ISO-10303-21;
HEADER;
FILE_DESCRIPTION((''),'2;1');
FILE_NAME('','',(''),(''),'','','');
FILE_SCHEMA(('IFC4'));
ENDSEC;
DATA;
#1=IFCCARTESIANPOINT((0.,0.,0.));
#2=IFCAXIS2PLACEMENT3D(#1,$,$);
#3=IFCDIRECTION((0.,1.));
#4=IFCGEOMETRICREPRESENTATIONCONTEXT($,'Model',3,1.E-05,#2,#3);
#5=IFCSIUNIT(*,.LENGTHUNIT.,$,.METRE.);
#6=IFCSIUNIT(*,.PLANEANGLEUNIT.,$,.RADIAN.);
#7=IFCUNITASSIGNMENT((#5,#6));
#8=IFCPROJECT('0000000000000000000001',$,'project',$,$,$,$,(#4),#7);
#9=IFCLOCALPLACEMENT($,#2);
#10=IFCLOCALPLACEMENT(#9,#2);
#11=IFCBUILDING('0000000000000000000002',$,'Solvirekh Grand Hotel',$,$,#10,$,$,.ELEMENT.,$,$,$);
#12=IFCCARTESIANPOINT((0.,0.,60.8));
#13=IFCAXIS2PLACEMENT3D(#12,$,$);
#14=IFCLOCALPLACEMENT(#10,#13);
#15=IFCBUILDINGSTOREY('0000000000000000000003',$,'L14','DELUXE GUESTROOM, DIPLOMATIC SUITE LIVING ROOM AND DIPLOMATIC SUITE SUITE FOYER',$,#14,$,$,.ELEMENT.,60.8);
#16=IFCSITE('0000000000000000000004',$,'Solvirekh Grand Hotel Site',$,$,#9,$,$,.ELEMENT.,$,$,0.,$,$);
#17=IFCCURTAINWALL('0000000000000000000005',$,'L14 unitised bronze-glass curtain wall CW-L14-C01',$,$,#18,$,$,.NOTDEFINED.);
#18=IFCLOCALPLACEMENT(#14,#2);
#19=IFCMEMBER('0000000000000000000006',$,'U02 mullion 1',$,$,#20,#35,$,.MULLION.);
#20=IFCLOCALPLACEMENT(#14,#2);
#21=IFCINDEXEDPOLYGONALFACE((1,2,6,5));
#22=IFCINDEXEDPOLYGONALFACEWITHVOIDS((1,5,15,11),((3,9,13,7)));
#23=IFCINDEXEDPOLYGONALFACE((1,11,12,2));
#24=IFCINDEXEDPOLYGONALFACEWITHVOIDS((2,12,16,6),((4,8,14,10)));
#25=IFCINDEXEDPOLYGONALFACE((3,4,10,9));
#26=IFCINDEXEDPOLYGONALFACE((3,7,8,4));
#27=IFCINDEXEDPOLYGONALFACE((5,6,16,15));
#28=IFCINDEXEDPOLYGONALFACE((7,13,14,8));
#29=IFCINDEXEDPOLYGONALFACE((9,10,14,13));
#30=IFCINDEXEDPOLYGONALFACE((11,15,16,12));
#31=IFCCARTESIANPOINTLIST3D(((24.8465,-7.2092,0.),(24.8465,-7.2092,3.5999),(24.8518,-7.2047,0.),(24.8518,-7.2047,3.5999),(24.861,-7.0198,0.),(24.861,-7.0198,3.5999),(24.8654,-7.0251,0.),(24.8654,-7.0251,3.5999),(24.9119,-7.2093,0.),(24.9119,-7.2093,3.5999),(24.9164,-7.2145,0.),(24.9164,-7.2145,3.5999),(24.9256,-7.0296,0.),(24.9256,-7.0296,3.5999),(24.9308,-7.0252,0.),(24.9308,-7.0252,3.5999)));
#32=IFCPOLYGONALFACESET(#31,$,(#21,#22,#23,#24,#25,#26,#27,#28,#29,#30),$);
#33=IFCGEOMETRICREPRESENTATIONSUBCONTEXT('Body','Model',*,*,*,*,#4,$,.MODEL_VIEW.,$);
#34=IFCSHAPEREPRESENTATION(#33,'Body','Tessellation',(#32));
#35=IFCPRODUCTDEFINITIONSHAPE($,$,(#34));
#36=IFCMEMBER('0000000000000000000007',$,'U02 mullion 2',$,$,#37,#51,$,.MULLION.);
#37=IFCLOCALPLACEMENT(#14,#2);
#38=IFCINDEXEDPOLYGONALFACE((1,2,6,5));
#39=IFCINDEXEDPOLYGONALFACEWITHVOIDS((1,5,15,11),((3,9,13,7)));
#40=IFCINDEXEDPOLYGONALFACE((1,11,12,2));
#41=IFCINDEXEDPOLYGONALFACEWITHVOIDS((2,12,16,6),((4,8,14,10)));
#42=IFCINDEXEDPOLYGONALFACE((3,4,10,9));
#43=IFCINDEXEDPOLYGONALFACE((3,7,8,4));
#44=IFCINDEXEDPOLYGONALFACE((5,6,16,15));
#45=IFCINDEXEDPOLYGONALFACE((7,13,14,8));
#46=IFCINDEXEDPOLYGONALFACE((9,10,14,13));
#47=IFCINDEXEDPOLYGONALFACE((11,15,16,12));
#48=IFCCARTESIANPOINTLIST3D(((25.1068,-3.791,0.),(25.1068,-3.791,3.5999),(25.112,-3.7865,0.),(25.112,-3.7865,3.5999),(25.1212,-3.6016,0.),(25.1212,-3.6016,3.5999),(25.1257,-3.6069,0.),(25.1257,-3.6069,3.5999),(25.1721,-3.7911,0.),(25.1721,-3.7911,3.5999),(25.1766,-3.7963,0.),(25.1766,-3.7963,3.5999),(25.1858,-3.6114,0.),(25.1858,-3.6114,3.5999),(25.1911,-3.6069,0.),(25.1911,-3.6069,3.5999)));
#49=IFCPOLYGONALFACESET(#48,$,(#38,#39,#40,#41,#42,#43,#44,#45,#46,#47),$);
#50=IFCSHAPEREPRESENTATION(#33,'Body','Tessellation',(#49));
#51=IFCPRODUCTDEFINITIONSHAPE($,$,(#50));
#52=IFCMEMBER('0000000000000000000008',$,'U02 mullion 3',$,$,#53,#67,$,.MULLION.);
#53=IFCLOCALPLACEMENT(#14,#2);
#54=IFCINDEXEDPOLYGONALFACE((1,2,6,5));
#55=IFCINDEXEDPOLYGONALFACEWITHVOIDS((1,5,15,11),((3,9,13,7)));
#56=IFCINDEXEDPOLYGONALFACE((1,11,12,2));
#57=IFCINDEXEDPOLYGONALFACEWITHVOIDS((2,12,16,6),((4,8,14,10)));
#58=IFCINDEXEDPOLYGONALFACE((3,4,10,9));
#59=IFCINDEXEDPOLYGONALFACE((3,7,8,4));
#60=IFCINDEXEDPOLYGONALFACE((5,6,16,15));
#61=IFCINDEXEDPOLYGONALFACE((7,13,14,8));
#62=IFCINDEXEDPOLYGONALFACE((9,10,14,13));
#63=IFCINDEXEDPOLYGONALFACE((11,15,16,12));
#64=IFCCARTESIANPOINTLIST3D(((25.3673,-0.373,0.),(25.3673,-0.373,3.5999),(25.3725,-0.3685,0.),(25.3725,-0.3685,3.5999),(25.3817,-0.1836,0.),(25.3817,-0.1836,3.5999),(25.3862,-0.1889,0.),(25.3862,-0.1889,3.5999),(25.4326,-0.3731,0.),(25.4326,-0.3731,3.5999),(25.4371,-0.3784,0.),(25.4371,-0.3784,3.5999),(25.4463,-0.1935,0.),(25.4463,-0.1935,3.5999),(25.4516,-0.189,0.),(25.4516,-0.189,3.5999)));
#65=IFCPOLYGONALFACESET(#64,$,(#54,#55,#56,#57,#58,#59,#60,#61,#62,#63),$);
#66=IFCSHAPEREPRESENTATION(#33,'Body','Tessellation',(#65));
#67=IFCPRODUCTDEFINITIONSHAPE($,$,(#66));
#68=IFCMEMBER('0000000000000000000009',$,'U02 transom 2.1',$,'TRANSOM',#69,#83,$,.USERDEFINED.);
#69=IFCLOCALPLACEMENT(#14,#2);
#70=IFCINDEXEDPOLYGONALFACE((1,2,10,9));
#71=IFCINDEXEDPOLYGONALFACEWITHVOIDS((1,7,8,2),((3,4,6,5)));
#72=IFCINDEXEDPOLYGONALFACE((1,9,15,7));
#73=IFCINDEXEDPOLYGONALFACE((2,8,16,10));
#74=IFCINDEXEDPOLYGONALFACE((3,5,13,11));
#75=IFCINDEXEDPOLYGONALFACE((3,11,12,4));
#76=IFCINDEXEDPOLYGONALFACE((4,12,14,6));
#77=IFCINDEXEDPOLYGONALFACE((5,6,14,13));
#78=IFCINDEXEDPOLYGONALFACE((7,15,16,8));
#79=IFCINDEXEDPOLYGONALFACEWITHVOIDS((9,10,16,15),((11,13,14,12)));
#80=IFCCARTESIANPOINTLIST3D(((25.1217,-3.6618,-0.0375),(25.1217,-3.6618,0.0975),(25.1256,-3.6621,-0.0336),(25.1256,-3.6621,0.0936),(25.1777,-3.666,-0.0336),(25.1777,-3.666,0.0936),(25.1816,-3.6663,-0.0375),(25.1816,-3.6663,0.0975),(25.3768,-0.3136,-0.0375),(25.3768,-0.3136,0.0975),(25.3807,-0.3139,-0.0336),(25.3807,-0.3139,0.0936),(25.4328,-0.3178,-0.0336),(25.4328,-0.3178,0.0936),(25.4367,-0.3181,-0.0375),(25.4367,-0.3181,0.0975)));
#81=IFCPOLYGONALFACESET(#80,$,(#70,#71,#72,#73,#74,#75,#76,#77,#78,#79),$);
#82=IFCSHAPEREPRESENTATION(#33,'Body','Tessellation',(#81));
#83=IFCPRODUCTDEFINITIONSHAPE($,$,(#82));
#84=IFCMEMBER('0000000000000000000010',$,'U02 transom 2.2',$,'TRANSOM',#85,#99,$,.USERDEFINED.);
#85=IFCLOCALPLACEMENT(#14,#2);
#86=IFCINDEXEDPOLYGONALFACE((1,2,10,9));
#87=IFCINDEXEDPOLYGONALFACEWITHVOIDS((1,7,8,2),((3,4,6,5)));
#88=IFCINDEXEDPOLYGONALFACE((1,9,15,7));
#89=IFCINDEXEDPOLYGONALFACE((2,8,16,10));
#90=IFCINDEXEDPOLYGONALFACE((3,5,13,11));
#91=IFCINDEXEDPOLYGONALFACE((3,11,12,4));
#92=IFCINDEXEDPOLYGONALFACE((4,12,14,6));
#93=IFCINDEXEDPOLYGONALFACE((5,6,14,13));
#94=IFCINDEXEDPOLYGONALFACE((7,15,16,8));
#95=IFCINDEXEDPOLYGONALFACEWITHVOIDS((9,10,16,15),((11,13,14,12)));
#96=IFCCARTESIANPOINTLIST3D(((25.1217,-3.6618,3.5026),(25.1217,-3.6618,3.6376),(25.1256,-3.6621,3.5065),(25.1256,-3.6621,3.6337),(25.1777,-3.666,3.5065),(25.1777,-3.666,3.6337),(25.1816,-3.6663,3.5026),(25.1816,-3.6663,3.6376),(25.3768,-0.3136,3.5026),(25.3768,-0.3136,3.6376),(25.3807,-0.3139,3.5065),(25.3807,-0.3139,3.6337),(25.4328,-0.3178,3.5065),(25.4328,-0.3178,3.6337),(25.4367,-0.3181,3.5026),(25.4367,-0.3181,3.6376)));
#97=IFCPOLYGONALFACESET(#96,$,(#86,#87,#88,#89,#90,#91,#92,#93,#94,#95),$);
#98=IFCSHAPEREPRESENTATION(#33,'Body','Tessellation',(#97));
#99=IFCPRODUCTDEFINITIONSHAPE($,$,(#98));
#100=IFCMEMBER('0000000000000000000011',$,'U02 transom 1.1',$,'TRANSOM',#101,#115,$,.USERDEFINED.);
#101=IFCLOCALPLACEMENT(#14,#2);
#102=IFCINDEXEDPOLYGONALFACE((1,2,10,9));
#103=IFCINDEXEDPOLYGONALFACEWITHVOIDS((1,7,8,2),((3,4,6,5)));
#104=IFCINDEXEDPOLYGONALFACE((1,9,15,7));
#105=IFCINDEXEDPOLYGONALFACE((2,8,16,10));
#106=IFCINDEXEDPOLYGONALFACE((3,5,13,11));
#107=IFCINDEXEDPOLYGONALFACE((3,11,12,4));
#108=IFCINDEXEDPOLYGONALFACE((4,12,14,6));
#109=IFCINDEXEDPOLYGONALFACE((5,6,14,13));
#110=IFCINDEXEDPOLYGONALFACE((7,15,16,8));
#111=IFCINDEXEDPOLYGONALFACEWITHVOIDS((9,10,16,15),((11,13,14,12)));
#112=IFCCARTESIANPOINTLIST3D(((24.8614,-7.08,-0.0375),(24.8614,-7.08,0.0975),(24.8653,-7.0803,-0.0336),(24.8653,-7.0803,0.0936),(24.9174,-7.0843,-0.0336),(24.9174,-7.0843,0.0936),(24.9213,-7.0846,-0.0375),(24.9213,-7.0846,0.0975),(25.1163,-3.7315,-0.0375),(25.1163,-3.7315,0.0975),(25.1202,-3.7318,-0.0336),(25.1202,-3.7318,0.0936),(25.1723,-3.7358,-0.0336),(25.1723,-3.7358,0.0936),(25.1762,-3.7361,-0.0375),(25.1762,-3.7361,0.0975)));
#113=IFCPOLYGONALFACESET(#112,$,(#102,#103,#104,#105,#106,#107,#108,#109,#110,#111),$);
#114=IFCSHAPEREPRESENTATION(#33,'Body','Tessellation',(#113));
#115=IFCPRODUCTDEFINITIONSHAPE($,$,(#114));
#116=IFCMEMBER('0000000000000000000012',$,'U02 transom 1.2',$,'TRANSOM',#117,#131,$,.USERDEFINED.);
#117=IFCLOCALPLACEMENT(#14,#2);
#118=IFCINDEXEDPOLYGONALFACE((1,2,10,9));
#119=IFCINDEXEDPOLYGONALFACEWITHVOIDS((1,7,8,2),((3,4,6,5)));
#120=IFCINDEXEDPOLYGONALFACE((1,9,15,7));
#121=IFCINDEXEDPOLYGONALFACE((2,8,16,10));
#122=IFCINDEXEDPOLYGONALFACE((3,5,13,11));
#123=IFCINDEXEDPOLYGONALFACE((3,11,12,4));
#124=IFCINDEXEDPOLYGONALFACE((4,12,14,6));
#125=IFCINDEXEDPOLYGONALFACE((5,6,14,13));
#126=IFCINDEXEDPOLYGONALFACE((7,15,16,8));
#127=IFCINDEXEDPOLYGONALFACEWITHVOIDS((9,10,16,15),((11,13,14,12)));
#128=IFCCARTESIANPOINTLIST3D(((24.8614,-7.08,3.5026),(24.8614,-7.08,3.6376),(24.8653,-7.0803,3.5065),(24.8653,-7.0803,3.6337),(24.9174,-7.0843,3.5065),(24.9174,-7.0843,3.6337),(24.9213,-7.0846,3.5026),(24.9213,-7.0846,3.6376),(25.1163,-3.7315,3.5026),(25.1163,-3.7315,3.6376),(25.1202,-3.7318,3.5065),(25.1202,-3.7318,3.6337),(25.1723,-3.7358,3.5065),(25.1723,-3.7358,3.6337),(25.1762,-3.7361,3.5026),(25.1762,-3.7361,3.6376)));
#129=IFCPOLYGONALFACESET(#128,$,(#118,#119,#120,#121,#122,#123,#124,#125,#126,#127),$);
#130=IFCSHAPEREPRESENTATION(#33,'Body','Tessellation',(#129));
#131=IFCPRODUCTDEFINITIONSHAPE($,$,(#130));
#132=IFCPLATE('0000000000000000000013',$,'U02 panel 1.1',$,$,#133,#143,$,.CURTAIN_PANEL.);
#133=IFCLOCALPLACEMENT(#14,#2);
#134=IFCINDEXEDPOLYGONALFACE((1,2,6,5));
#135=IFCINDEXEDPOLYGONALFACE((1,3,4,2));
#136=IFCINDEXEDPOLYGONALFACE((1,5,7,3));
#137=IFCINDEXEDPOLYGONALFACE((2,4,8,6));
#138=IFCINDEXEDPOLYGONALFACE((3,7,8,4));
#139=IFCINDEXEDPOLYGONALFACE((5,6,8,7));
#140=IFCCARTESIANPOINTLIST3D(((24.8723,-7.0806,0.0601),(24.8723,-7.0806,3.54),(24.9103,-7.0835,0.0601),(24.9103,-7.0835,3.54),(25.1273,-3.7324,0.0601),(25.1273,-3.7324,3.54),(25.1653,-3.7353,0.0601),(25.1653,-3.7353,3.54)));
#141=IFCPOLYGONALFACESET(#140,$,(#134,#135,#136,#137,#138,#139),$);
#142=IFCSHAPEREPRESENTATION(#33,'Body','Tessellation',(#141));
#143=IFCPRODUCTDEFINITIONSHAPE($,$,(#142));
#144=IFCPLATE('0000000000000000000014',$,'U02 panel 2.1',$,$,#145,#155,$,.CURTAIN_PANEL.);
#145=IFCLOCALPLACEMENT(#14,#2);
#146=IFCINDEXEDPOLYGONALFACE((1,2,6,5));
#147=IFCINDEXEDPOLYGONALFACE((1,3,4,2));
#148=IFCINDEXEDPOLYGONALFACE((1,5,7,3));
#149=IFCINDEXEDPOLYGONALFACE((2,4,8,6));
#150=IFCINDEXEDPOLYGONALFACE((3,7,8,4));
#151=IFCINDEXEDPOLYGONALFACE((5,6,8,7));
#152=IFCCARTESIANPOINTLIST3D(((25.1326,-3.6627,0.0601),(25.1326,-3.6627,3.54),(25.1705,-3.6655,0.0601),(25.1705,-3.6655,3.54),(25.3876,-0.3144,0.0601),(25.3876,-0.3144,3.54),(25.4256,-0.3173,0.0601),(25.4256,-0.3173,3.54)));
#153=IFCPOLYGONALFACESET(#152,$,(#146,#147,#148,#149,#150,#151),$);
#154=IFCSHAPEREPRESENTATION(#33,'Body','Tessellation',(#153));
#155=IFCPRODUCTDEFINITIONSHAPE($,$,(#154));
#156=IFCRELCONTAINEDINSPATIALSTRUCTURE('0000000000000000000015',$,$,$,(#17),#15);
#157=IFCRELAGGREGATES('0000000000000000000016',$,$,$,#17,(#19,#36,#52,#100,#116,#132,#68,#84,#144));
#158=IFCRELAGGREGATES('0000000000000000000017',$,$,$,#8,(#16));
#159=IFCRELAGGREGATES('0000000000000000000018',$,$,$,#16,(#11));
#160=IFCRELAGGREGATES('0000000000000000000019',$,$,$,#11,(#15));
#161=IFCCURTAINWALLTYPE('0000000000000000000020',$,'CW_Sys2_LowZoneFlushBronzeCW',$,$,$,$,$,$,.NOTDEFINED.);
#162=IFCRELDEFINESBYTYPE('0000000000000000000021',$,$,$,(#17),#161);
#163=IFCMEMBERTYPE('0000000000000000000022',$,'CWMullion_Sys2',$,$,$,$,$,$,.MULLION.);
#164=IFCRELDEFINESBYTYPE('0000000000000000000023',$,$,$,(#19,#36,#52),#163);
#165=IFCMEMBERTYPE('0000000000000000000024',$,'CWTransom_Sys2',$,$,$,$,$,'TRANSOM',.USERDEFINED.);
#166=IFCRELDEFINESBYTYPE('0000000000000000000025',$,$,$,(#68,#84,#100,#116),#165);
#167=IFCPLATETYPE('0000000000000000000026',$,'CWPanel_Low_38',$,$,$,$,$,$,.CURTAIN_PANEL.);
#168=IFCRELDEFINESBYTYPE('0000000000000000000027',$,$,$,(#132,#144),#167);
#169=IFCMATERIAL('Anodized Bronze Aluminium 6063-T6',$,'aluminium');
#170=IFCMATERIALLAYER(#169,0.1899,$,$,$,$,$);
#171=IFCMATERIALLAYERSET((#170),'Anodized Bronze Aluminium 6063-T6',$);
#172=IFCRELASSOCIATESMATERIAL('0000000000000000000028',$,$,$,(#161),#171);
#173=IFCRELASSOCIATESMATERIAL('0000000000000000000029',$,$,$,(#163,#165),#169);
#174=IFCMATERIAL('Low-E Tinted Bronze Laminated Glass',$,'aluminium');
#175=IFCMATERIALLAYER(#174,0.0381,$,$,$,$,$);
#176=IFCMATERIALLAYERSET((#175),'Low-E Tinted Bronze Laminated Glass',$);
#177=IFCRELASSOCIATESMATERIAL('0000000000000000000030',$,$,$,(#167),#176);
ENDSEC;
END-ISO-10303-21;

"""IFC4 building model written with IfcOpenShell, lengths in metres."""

from ifc_helpers import new_model, si_unit, direction, frame, origin, origin_2d, place, context, subcontext, project, spatial, rectangle, hollow_rectangle, extrude, source, transform, mapped, material, layer, layer_set, material_profile, profile_set, type_object, element, aggregate, save


model = new_model("IFC4")

# Units and contexts
model_context = context("Model", 3, precision=1e-05, world=origin(), true_north=direction((0.0, 1.0)))
body_context = subcontext(model_context, "Body", "Model", "MODEL_VIEW")
ifc_project = project(units=[si_unit("LENGTHUNIT", "METRE"), si_unit("PLANEANGLEUNIT", "RADIAN")], contexts=[model_context])

# Site, building, storey
site_placement = place(None, origin())
site = spatial("IfcSite", under=ifc_project, at=site_placement, Name="Solvirekh Grand Hotel Site", CompositionType="ELEMENT", RefElevation=0.0)
building_placement = place(site_placement, origin())
building = spatial("IfcBuilding", under=site, at=building_placement, Name="Solvirekh Grand Hotel", CompositionType="ELEMENT")
storey_placement = place(building_placement, frame((0.0, 0.0, 60.8)))
storey = spatial("IfcBuildingStorey", under=building, at=storey_placement, Name="L14", Description="DELUXE GUESTROOM, DIPLOMATIC SUITE LIVING ROOM AND DIPLOMATIC SUITE SUITE FOYER", CompositionType="ELEMENT", Elevation=60.8)

# Curtain wall, members, plates
ifc_material_1 = material(Name="Anodized Bronze Aluminium 6063-T6", Category="aluminium")
ifc_layer_1 = layer(ifc_material_1, 0.1899)
ifc_layer_set_1 = layer_set([ifc_layer_1], Name="Anodized Bronze Aluminium 6063-T6")
curtain_wall_type = type_object("IfcCurtainWallType", Name="CW_Sys2_LowZoneFlushBronzeCW", PredefinedType="NOTDEFINED", material=ifc_layer_set_1)
curtain_wall_placement = place(storey_placement, origin())
curtain_wall = element("IfcCurtainWall", 1, at=curtain_wall_placement, inside=storey, type_object=curtain_wall_type, Name="L14 unitised bronze-glass curtain wall CW-L14-C01", PredefinedType="NOTDEFINED")
ifc_material_profile_1 = material_profile(ifc_material_1, hollow_rectangle(XDim=0.0701, YDim=0.1899, WallThickness=0.0049, at=origin_2d()), Name="ALU RHS 190X70X5")
ifc_profile_set_1 = profile_set([ifc_material_profile_1], Name="Anodized Bronze Aluminium 6063-T6")
member_type_1 = type_object("IfcMemberType", Name="CWMullion_Sys2", PredefinedType="MULLION", material=ifc_profile_set_1)
shared_shape_1 = source(origin(), body_context, "Body", "SweptSolid", [
    extrude(hollow_rectangle(XDim=0.0701, YDim=0.1899, WallThickness=0.0049, at=origin_2d()), origin(), (0.0, 0.0, 1.0), 3.5999),
])
member_1_placement = place(storey_placement, frame((24.8887, -7.1172, 0.0), z_axis=(0.0, 0.0, 1.0), x_axis=(-0.997112, 0.075946, 0.0)))
member_1 = element("IfcMember", 2, at=member_1_placement, type_object=member_type_1, Name="U02 mullion 1", PredefinedType="MULLION", context=body_context, shape_type="MappedRepresentation", body=[
    mapped(shared_shape_1, transform((0.0, 0.0, 0.0), x_axis=(1.0, 0.0, 0.0), y_axis=(0.0, 1.0, 0.0), z_axis=(0.0, 0.0, 1.0), scale=1.0)),
])
member_2_placement = place(storey_placement, frame((25.1489, -3.699, 0.0), z_axis=(0.0, 0.0, 1.0), x_axis=(-0.997112, 0.075946, 0.0)))
member_2 = element("IfcMember", 3, at=member_2_placement, type_object=member_type_1, Name="U02 mullion 2", PredefinedType="MULLION", context=body_context, shape_type="MappedRepresentation", body=[
    mapped(shared_shape_1, transform((0.0, 0.0, 0.0), x_axis=(1.0, 0.0, 0.0), y_axis=(0.0, 1.0, 0.0), z_axis=(0.0, 0.0, 1.0), scale=1.0)),
])
member_3_placement = place(storey_placement, frame((25.4094, -0.281, 0.0), z_axis=(0.0, 0.0, 1.0), x_axis=(-0.997112, 0.075946, 0.0)))
member_3 = element("IfcMember", 4, at=member_3_placement, type_object=member_type_1, Name="U02 mullion 3", PredefinedType="MULLION", context=body_context, shape_type="MappedRepresentation", body=[
    mapped(shared_shape_1, transform((0.0, 0.0, 0.0), x_axis=(1.0, 0.0, 0.0), y_axis=(0.0, 1.0, 0.0), z_axis=(0.0, 0.0, 1.0), scale=1.0)),
])
ifc_material_profile_2 = material_profile(ifc_material_1, hollow_rectangle(XDim=0.0601, YDim=0.135, WallThickness=0.0039, at=origin_2d()), Name="ALU RHS 135X60X4")
ifc_profile_set_2 = profile_set([ifc_material_profile_2], Name="Anodized Bronze Aluminium 6063-T6")
member_type_2 = type_object("IfcMemberType", Name="CWTransom_Sys2", ElementType="TRANSOM", PredefinedType="USERDEFINED", material=ifc_profile_set_2)
shared_shape_2 = source(origin(), body_context, "Body", "SweptSolid", [
    extrude(hollow_rectangle(XDim=0.0601, YDim=0.135, WallThickness=0.0039, at=origin_2d()), origin(), (0.0, 0.0, 1.0), 3.3579),
])
member_4_placement = place(storey_placement, frame((25.1516, -3.6641, 0.03), z_axis=(0.075979, 0.997109, 0.0), x_axis=(-0.997109, 0.075979, 0.0)))
member_4 = element("IfcMember", 5, at=member_4_placement, type_object=member_type_2, Name="U02 transom 2.1", ObjectType="TRANSOM", PredefinedType="USERDEFINED", context=body_context, shape_type="MappedRepresentation", body=[
    mapped(shared_shape_2, transform((0.0, 0.0, 0.0), x_axis=(1.0, 0.0, 0.0), y_axis=(0.0, 1.0, 0.0), z_axis=(0.0, 0.0, 1.0), scale=1.0)),
])
member_5_placement = place(storey_placement, frame((25.1516, -3.6641, 3.5701), z_axis=(0.075979, 0.997109, 0.0), x_axis=(-0.997109, 0.075979, 0.0)))
member_5 = element("IfcMember", 6, at=member_5_placement, type_object=member_type_2, Name="U02 transom 2.2", ObjectType="TRANSOM", PredefinedType="USERDEFINED", context=body_context, shape_type="MappedRepresentation", body=[
    mapped(shared_shape_2, transform((0.0, 0.0, 0.0), x_axis=(1.0, 0.0, 0.0), y_axis=(0.0, 1.0, 0.0), z_axis=(0.0, 0.0, 1.0), scale=1.0)),
])
shared_shape_3 = source(origin(), body_context, "Body", "SweptSolid", [
    extrude(hollow_rectangle(XDim=0.0601, YDim=0.135, WallThickness=0.0039, at=origin_2d()), origin(), (0.0, 0.0, 1.0), 3.3582),
])
member_6_placement = place(storey_placement, frame((24.8914, -7.0823, 0.03), z_axis=(0.075901, 0.997115, 0.0), x_axis=(-0.997115, 0.075901, 0.0)))
member_6 = element("IfcMember", 7, at=member_6_placement, type_object=member_type_2, Name="U02 transom 1.1", ObjectType="TRANSOM", PredefinedType="USERDEFINED", context=body_context, shape_type="MappedRepresentation", body=[
    mapped(shared_shape_3, transform((0.0, 0.0, 0.0), x_axis=(1.0, 0.0, 0.0), y_axis=(0.0, 1.0, 0.0), z_axis=(0.0, 0.0, 1.0), scale=1.0)),
])
member_7_placement = place(storey_placement, frame((24.8914, -7.0823, 3.5701), z_axis=(0.075901, 0.997115, 0.0), x_axis=(-0.997115, 0.075901, 0.0)))
member_7 = element("IfcMember", 8, at=member_7_placement, type_object=member_type_2, Name="U02 transom 1.2", ObjectType="TRANSOM", PredefinedType="USERDEFINED", context=body_context, shape_type="MappedRepresentation", body=[
    mapped(shared_shape_3, transform((0.0, 0.0, 0.0), x_axis=(1.0, 0.0, 0.0), y_axis=(0.0, 1.0, 0.0), z_axis=(0.0, 0.0, 1.0), scale=1.0)),
])
ifc_material_2 = material(Name="Low-E Tinted Bronze Laminated Glass", Category="aluminium")
ifc_layer_2 = layer(ifc_material_2, 0.0381)
ifc_layer_set_2 = layer_set([ifc_layer_2], Name="Low-E Tinted Bronze Laminated Glass")
plate_type = type_object("IfcPlateType", Name="CWPanel_Low_38", PredefinedType="CURTAIN_PANEL", material=ifc_layer_set_2)
shared_shape_4 = source(origin(), body_context, "Body", "SweptSolid", [
    extrude(rectangle(XDim=3.3579, YDim=0.0381, at=origin_2d()), origin(), (0.0, 0.0, 1.0), 3.48),
])
plate_1_placement = place(storey_placement, frame((25.0188, -5.408, 0.0601), z_axis=(0.0, 0.0, 1.0), x_axis=(0.075946, 0.997112, 0.0)))
plate_1 = element("IfcPlate", 9, at=plate_1_placement, type_object=plate_type, Name="U02 panel 1.1", PredefinedType="CURTAIN_PANEL", context=body_context, shape_type="MappedRepresentation", body=[
    mapped(shared_shape_4, transform((0.0, 0.0, 0.0), x_axis=(1.0, 0.0, 0.0), y_axis=(0.0, 1.0, 0.0), z_axis=(0.0, 0.0, 1.0), scale=1.0)),
])
plate_2_placement = place(storey_placement, frame((25.2791, -1.99, 0.0601), z_axis=(0.0, 0.0, 1.0), x_axis=(0.075946, 0.997112, 0.0)))
plate_2 = element("IfcPlate", 10, at=plate_2_placement, type_object=plate_type, Name="U02 panel 2.1", PredefinedType="CURTAIN_PANEL", context=body_context, shape_type="MappedRepresentation", body=[
    mapped(shared_shape_4, transform((0.0, 0.0, 0.0), x_axis=(1.0, 0.0, 0.0), y_axis=(0.0, 1.0, 0.0), z_axis=(0.0, 0.0, 1.0), scale=1.0)),
])
aggregate(curtain_wall, [member_1, member_2, member_3, member_6, member_7, plate_1, member_4, member_5, plate_2])

save(model, "model.ifc")
